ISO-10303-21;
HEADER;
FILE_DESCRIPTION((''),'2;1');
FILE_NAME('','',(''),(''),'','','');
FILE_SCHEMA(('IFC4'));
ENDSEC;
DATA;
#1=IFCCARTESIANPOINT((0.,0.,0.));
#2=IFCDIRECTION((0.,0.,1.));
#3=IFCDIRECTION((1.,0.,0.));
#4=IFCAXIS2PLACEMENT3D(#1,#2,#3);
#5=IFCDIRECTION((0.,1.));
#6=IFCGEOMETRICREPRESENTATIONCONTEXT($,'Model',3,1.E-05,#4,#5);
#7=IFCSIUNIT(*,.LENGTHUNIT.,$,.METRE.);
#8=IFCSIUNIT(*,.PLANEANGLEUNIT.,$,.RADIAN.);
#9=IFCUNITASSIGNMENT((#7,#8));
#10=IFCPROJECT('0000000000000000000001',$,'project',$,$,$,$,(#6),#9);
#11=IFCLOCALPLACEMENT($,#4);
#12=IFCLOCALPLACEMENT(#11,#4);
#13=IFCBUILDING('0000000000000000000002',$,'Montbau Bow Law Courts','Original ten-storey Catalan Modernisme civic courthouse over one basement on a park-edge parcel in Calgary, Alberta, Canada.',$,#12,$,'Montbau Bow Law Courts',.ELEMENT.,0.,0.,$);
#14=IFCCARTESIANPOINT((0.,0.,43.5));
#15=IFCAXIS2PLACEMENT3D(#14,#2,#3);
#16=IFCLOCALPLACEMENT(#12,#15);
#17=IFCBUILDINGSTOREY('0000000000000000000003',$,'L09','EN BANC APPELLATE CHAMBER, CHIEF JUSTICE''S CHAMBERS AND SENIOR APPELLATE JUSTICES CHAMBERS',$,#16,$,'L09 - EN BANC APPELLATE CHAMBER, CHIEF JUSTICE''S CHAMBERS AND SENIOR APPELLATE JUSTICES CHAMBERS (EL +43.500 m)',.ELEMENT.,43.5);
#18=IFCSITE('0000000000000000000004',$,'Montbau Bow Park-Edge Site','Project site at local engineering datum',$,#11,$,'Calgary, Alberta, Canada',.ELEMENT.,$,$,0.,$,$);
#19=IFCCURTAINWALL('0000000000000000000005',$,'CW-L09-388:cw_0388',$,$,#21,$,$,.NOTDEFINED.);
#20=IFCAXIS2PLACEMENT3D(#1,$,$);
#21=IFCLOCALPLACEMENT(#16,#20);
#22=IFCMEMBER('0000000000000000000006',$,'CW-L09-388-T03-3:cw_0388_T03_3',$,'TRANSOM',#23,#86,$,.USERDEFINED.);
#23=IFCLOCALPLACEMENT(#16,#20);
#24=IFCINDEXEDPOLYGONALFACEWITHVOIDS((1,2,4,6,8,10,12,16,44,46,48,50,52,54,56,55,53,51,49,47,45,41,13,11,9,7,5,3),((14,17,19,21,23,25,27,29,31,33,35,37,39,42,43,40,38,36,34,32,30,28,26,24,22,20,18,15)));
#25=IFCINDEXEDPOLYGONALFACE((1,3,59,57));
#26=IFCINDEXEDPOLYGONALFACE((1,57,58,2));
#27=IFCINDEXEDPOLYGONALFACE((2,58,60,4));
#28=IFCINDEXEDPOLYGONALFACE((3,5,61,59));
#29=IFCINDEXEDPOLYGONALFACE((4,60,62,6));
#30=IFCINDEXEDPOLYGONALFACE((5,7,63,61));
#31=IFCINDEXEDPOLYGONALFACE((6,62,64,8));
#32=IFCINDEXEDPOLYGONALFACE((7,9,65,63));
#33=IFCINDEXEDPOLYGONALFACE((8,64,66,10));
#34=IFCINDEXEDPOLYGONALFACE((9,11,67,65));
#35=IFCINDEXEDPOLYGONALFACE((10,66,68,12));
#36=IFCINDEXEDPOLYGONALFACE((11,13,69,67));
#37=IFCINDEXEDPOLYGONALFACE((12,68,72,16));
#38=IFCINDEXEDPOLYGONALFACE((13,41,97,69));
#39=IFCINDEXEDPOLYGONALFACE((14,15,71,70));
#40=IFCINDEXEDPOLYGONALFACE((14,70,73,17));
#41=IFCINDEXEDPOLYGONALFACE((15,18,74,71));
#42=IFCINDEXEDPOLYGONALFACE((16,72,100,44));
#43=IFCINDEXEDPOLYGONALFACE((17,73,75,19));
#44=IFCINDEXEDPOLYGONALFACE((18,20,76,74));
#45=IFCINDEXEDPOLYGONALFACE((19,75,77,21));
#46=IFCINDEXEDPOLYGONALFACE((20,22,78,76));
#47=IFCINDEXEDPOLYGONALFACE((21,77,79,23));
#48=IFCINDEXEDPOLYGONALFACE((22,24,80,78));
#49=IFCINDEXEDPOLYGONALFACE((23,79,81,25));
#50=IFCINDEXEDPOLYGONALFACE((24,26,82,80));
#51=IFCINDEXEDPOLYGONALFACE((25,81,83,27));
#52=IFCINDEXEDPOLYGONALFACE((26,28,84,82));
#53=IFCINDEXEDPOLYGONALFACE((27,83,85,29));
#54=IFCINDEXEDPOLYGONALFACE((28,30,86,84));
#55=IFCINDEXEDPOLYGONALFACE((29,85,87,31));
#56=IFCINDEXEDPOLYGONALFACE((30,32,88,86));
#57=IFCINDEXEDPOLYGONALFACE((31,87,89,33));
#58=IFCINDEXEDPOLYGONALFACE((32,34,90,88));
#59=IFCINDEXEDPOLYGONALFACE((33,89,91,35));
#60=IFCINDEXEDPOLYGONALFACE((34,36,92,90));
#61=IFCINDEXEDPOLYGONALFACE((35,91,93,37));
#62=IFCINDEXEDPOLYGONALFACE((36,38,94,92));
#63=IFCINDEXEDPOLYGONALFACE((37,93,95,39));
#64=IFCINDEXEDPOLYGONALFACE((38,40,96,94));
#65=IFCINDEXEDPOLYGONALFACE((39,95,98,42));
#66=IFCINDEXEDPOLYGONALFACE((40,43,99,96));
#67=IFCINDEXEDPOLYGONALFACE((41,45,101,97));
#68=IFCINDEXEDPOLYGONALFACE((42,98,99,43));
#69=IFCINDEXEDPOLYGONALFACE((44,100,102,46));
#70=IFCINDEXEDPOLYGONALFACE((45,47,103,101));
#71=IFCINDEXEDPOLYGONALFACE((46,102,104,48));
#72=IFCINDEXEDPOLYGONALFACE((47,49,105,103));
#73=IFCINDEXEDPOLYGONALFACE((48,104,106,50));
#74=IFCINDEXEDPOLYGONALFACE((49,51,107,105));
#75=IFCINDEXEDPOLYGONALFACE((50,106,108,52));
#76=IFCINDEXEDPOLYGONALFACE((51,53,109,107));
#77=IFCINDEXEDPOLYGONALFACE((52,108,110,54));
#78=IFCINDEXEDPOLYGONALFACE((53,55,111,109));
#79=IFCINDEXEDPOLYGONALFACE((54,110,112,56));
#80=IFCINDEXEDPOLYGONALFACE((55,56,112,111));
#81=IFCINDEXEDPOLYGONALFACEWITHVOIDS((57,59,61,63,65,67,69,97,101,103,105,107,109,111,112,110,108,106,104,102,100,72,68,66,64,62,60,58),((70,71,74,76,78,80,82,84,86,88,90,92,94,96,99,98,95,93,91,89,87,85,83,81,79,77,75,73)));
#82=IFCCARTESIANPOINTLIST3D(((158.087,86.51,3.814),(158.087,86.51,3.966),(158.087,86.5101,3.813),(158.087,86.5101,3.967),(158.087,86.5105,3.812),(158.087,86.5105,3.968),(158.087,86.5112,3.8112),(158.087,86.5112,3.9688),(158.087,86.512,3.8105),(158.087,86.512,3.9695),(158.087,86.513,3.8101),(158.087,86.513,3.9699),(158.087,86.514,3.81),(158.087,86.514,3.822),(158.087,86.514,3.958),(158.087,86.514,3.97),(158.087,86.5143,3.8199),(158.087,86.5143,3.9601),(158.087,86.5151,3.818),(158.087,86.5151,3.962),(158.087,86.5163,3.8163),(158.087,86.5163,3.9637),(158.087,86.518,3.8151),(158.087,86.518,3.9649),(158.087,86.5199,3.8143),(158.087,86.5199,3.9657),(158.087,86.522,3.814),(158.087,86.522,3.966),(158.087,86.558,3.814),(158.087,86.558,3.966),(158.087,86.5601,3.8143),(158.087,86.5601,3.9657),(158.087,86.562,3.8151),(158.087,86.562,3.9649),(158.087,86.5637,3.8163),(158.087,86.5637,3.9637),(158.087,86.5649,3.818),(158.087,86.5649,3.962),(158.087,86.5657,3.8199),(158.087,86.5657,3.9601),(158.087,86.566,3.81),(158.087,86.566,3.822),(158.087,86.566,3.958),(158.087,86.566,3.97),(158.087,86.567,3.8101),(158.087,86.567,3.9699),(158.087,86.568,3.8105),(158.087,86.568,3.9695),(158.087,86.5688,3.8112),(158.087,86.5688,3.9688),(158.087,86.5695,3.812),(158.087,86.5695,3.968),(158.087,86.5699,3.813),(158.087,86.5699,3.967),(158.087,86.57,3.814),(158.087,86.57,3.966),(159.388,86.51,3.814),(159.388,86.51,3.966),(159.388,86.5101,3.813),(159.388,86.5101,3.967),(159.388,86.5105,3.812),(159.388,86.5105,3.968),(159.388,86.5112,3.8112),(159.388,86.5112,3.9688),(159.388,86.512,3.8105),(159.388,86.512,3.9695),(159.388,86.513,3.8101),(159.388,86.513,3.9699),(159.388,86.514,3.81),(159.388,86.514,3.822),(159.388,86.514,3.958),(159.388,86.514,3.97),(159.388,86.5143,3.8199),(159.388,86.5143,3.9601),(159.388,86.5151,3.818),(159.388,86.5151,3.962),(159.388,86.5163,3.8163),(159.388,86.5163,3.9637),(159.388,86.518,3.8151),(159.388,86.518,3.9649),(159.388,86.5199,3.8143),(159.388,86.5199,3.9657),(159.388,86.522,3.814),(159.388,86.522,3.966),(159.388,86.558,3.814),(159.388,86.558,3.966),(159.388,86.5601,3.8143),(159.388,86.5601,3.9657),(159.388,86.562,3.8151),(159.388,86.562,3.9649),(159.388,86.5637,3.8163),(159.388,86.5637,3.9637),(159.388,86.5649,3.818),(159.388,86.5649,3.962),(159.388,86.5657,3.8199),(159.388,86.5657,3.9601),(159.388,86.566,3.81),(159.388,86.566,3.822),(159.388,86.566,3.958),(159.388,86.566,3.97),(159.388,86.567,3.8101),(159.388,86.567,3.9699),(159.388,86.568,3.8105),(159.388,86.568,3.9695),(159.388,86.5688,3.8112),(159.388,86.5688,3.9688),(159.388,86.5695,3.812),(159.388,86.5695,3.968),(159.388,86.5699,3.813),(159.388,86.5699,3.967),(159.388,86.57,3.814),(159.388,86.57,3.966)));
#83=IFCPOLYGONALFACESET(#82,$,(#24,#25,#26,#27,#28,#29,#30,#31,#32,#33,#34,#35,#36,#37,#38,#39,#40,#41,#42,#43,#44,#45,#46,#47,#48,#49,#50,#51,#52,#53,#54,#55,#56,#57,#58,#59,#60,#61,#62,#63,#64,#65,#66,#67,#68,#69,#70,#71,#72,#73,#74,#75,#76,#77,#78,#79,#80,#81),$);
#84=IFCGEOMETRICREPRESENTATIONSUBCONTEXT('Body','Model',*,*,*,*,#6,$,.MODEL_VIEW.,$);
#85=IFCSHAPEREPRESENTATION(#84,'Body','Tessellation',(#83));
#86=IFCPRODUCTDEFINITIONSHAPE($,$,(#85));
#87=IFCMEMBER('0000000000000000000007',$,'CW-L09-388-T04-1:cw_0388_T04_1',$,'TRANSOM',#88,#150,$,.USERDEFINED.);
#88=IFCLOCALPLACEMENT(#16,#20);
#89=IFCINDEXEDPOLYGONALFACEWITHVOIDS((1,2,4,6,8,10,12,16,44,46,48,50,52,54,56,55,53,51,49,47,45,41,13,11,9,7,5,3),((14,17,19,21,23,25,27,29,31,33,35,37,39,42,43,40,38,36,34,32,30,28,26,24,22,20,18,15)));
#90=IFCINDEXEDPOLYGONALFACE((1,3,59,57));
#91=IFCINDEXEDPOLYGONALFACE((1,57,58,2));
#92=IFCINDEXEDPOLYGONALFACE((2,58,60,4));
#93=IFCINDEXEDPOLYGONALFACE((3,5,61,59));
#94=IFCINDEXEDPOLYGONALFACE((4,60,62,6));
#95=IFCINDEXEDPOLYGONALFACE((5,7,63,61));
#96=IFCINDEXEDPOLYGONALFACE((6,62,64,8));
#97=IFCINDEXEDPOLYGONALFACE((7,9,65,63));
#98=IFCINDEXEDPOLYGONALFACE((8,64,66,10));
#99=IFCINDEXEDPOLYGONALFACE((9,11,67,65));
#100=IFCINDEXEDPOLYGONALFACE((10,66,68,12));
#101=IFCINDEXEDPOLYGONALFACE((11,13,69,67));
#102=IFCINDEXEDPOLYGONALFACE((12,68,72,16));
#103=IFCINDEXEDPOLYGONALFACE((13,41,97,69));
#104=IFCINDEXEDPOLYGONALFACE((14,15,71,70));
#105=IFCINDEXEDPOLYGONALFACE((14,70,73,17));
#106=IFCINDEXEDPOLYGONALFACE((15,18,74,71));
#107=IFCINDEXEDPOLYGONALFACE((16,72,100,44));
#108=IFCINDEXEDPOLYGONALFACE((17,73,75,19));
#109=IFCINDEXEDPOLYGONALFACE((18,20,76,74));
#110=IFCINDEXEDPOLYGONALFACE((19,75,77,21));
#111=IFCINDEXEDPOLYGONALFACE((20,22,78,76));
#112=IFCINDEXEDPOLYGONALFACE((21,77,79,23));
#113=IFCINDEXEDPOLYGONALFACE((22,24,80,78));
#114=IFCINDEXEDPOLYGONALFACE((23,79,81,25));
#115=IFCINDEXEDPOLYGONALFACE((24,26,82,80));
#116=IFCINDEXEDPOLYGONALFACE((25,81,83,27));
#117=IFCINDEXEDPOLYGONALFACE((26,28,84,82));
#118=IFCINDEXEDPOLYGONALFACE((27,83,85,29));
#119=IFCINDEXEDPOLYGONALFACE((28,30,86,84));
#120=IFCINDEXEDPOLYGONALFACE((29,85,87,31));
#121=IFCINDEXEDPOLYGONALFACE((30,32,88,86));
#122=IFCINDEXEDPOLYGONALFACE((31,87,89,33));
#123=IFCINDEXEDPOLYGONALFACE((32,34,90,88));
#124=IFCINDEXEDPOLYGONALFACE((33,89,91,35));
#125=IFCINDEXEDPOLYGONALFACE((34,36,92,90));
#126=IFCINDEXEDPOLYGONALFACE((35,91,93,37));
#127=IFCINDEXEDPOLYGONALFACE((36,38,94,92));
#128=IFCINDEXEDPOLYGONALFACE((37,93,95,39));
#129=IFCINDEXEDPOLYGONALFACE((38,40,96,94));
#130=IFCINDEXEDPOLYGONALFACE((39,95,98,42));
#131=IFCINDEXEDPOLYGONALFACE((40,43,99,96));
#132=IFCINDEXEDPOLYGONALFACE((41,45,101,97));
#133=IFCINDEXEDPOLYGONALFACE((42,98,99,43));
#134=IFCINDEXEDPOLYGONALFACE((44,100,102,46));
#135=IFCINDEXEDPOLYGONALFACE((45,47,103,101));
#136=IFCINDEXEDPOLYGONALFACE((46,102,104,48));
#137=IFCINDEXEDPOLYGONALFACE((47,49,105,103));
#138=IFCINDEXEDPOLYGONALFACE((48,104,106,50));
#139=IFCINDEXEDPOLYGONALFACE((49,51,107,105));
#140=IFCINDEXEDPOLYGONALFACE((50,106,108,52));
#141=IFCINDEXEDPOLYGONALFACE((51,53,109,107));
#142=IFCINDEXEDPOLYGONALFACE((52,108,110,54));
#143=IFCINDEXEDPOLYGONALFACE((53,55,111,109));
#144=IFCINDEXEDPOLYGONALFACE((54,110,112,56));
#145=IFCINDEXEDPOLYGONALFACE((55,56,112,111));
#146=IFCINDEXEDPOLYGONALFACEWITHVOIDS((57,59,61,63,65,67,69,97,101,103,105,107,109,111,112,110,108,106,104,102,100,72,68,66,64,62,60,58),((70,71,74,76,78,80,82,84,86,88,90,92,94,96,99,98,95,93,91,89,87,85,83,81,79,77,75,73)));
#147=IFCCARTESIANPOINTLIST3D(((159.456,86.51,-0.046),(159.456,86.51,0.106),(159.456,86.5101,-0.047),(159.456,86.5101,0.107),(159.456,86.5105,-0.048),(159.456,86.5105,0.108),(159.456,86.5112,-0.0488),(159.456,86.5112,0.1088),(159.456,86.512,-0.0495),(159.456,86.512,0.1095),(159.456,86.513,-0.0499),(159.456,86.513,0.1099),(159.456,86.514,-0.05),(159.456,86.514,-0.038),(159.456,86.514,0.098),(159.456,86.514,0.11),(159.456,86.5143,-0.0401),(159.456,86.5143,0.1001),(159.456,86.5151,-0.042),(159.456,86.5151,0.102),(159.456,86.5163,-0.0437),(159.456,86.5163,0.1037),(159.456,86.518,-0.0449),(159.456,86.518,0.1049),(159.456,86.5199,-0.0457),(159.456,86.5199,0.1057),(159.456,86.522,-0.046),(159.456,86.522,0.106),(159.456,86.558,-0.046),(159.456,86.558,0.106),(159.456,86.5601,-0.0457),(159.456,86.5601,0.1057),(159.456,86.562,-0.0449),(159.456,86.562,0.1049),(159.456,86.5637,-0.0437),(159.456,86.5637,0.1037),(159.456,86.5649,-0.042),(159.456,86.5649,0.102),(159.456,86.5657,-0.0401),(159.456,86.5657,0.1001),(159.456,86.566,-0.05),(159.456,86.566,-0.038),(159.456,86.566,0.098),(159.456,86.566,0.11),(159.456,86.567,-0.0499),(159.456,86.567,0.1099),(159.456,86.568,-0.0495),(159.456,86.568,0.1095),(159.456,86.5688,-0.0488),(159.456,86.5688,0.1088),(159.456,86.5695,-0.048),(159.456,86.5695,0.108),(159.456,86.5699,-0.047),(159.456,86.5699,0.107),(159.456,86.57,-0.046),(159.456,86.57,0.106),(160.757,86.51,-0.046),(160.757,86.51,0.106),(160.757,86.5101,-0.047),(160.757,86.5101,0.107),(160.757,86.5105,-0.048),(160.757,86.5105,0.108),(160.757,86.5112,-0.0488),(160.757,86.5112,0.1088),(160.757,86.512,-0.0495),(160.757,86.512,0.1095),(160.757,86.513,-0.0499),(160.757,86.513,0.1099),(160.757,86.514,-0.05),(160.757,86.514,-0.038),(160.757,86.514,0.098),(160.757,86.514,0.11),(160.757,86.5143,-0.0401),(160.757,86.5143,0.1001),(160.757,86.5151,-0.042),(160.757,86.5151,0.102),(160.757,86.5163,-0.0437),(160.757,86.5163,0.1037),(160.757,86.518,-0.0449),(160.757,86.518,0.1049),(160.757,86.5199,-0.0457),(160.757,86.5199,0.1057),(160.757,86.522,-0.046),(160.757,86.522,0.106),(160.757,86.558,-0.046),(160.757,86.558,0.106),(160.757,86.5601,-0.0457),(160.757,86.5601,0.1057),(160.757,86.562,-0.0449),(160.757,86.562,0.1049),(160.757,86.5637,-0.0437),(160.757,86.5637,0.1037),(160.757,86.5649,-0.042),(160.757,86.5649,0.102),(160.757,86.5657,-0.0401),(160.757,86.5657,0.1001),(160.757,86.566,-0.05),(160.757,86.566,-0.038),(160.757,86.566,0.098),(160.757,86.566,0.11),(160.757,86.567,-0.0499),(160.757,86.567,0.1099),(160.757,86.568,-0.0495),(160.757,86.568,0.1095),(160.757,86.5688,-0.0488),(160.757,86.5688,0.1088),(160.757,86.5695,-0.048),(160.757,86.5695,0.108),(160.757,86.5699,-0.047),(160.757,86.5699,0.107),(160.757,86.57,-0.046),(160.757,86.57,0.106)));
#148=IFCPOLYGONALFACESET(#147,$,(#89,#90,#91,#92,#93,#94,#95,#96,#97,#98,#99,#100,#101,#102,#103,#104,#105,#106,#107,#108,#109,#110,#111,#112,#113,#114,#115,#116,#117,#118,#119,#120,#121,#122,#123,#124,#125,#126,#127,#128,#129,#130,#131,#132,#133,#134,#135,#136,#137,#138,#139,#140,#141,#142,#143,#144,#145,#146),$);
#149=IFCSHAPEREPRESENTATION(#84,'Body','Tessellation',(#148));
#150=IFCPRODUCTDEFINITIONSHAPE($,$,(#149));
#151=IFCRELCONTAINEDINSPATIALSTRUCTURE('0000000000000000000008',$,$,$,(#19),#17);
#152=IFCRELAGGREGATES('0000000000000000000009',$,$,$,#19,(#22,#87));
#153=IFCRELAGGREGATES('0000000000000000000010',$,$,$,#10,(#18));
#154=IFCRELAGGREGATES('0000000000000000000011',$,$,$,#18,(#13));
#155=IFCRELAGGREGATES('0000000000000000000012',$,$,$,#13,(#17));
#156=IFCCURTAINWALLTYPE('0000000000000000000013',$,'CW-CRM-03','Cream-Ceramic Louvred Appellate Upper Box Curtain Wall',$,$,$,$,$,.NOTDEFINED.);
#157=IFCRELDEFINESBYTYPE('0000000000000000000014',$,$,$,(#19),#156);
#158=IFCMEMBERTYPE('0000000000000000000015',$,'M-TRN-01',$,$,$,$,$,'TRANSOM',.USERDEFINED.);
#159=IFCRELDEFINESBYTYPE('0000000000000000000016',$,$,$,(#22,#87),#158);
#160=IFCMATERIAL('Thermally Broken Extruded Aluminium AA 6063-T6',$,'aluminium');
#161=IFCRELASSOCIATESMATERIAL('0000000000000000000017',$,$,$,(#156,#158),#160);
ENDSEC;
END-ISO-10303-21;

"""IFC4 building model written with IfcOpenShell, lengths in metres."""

from ifc_helpers import new_model, si_unit, direction, frame, origin_with_axes, origin_2d_with_axis, place, context, subcontext, project, spatial, hollow_rectangle, extrude, material, material_profile, profile_set, type_object, element, aggregate, save


model = new_model("IFC4")

# Units and contexts
model_context = context("Model", 3, precision=1e-05, world=origin_with_axes(), true_north=direction((0.0, 1.0)))
body_context = subcontext(model_context, "Body", "Model", "MODEL_VIEW")
ifc_project = project(units=[si_unit("LENGTHUNIT", "METRE"), si_unit("PLANEANGLEUNIT", "RADIAN")], contexts=[model_context])

# Site, building, storey
site_placement = place(None, origin_with_axes())
site = spatial("IfcSite", under=ifc_project, at=site_placement, Name="Montbau Bow Park-Edge Site", Description="Project site at local engineering datum", LongName="Calgary, Alberta, Canada", CompositionType="ELEMENT", RefElevation=0.0)
building_placement = place(site_placement, origin_with_axes())
building = spatial("IfcBuilding", under=site, at=building_placement, Name="Montbau Bow Law Courts", Description="Original ten-storey Catalan Modernisme civic courthouse over one basement on a park-edge parcel in Calgary, Alberta, Canada.", LongName="Montbau Bow Law Courts", CompositionType="ELEMENT", ElevationOfRefHeight=0.0, ElevationOfTerrain=0.0)
storey_placement = place(building_placement, frame((0.0, 0.0, 43.5), z_axis=(0.0, 0.0, 1.0), x_axis=(1.0, 0.0, 0.0)))
storey = spatial("IfcBuildingStorey", under=building, at=storey_placement, Name="L09", Description="EN BANC APPELLATE CHAMBER, CHIEF JUSTICE'S CHAMBERS AND SENIOR APPELLATE JUSTICES CHAMBERS", LongName="L09 - EN BANC APPELLATE CHAMBER, CHIEF JUSTICE'S CHAMBERS AND SENIOR APPELLATE JUSTICES CHAMBERS (EL +43.500 m)", CompositionType="ELEMENT", Elevation=43.5)

# Curtain wall, members
ifc_material_1 = material(Name="Thermally Broken Extruded Aluminium AA 6063-T6", Category="aluminium")
curtain_wall_type = type_object("IfcCurtainWallType", Name="CW-CRM-03", Description="Cream-Ceramic Louvred Appellate Upper Box Curtain Wall", PredefinedType="NOTDEFINED", material=ifc_material_1)
curtain_wall_placement = place(None, frame((155.315, 86.54, 43.5), z_axis=(0.0, 0.0, 1.0), x_axis=(1.0, 0.0, 0.0)))
curtain_wall = element("IfcCurtainWall", 1, at=curtain_wall_placement, inside=storey, type_object=curtain_wall_type, Name="CW-L09-388:cw_0388", PredefinedType="NOTDEFINED")
ifc_material_profile_1 = material_profile(ifc_material_1, hollow_rectangle(XDim=0.06, YDim=0.16, WallThickness=0.004, InnerFilletRadius=0.008, OuterFilletRadius=0.004, at=origin_2d_with_axis()), Name="CWT-160X60", Category="Main", Priority=0)
ifc_profile_set_1 = profile_set([ifc_material_profile_1], Name="Thermally Broken Extruded Aluminium AA 6063-T6")
member_type_1 = type_object("IfcMemberType", Name="M-TRN-01", ElementType="TRANSOM", PredefinedType="USERDEFINED", material=ifc_profile_set_1)
member_1_placement = place(None, frame((158.087, 86.54, 47.39), z_axis=(1.0, 0.0, 0.0), x_axis=(0.0, 1.0, 0.0)))
member_1 = element("IfcMember", 2, at=member_1_placement, type_object=member_type_1, Name="CW-L09-388-T03-3:cw_0388_T03_3", ObjectType="TRANSOM", PredefinedType="USERDEFINED", context=body_context, shape_type="SweptSolid", body=[
    extrude(hollow_rectangle(XDim=0.06, YDim=0.16, WallThickness=0.004, InnerFilletRadius=0.008, OuterFilletRadius=0.004, at=origin_2d_with_axis()), origin_with_axes(), (0.0, 0.0, 1.0), 1.301),
])
member_2_placement = place(None, frame((159.456, 86.54, 43.53), z_axis=(1.0, 0.0, 0.0), x_axis=(0.0, 1.0, 0.0)))
member_2 = element("IfcMember", 3, at=member_2_placement, type_object=member_type_1, Name="CW-L09-388-T04-1:cw_0388_T04_1", ObjectType="TRANSOM", PredefinedType="USERDEFINED", context=body_context, shape_type="SweptSolid", body=[
    extrude(hollow_rectangle(XDim=0.06, YDim=0.16, WallThickness=0.004, InnerFilletRadius=0.008, OuterFilletRadius=0.004, at=origin_2d_with_axis()), origin_with_axes(), (0.0, 0.0, 1.0), 1.301),
])
aggregate(curtain_wall, [member_1, member_2])

save(model, "model.ifc")
